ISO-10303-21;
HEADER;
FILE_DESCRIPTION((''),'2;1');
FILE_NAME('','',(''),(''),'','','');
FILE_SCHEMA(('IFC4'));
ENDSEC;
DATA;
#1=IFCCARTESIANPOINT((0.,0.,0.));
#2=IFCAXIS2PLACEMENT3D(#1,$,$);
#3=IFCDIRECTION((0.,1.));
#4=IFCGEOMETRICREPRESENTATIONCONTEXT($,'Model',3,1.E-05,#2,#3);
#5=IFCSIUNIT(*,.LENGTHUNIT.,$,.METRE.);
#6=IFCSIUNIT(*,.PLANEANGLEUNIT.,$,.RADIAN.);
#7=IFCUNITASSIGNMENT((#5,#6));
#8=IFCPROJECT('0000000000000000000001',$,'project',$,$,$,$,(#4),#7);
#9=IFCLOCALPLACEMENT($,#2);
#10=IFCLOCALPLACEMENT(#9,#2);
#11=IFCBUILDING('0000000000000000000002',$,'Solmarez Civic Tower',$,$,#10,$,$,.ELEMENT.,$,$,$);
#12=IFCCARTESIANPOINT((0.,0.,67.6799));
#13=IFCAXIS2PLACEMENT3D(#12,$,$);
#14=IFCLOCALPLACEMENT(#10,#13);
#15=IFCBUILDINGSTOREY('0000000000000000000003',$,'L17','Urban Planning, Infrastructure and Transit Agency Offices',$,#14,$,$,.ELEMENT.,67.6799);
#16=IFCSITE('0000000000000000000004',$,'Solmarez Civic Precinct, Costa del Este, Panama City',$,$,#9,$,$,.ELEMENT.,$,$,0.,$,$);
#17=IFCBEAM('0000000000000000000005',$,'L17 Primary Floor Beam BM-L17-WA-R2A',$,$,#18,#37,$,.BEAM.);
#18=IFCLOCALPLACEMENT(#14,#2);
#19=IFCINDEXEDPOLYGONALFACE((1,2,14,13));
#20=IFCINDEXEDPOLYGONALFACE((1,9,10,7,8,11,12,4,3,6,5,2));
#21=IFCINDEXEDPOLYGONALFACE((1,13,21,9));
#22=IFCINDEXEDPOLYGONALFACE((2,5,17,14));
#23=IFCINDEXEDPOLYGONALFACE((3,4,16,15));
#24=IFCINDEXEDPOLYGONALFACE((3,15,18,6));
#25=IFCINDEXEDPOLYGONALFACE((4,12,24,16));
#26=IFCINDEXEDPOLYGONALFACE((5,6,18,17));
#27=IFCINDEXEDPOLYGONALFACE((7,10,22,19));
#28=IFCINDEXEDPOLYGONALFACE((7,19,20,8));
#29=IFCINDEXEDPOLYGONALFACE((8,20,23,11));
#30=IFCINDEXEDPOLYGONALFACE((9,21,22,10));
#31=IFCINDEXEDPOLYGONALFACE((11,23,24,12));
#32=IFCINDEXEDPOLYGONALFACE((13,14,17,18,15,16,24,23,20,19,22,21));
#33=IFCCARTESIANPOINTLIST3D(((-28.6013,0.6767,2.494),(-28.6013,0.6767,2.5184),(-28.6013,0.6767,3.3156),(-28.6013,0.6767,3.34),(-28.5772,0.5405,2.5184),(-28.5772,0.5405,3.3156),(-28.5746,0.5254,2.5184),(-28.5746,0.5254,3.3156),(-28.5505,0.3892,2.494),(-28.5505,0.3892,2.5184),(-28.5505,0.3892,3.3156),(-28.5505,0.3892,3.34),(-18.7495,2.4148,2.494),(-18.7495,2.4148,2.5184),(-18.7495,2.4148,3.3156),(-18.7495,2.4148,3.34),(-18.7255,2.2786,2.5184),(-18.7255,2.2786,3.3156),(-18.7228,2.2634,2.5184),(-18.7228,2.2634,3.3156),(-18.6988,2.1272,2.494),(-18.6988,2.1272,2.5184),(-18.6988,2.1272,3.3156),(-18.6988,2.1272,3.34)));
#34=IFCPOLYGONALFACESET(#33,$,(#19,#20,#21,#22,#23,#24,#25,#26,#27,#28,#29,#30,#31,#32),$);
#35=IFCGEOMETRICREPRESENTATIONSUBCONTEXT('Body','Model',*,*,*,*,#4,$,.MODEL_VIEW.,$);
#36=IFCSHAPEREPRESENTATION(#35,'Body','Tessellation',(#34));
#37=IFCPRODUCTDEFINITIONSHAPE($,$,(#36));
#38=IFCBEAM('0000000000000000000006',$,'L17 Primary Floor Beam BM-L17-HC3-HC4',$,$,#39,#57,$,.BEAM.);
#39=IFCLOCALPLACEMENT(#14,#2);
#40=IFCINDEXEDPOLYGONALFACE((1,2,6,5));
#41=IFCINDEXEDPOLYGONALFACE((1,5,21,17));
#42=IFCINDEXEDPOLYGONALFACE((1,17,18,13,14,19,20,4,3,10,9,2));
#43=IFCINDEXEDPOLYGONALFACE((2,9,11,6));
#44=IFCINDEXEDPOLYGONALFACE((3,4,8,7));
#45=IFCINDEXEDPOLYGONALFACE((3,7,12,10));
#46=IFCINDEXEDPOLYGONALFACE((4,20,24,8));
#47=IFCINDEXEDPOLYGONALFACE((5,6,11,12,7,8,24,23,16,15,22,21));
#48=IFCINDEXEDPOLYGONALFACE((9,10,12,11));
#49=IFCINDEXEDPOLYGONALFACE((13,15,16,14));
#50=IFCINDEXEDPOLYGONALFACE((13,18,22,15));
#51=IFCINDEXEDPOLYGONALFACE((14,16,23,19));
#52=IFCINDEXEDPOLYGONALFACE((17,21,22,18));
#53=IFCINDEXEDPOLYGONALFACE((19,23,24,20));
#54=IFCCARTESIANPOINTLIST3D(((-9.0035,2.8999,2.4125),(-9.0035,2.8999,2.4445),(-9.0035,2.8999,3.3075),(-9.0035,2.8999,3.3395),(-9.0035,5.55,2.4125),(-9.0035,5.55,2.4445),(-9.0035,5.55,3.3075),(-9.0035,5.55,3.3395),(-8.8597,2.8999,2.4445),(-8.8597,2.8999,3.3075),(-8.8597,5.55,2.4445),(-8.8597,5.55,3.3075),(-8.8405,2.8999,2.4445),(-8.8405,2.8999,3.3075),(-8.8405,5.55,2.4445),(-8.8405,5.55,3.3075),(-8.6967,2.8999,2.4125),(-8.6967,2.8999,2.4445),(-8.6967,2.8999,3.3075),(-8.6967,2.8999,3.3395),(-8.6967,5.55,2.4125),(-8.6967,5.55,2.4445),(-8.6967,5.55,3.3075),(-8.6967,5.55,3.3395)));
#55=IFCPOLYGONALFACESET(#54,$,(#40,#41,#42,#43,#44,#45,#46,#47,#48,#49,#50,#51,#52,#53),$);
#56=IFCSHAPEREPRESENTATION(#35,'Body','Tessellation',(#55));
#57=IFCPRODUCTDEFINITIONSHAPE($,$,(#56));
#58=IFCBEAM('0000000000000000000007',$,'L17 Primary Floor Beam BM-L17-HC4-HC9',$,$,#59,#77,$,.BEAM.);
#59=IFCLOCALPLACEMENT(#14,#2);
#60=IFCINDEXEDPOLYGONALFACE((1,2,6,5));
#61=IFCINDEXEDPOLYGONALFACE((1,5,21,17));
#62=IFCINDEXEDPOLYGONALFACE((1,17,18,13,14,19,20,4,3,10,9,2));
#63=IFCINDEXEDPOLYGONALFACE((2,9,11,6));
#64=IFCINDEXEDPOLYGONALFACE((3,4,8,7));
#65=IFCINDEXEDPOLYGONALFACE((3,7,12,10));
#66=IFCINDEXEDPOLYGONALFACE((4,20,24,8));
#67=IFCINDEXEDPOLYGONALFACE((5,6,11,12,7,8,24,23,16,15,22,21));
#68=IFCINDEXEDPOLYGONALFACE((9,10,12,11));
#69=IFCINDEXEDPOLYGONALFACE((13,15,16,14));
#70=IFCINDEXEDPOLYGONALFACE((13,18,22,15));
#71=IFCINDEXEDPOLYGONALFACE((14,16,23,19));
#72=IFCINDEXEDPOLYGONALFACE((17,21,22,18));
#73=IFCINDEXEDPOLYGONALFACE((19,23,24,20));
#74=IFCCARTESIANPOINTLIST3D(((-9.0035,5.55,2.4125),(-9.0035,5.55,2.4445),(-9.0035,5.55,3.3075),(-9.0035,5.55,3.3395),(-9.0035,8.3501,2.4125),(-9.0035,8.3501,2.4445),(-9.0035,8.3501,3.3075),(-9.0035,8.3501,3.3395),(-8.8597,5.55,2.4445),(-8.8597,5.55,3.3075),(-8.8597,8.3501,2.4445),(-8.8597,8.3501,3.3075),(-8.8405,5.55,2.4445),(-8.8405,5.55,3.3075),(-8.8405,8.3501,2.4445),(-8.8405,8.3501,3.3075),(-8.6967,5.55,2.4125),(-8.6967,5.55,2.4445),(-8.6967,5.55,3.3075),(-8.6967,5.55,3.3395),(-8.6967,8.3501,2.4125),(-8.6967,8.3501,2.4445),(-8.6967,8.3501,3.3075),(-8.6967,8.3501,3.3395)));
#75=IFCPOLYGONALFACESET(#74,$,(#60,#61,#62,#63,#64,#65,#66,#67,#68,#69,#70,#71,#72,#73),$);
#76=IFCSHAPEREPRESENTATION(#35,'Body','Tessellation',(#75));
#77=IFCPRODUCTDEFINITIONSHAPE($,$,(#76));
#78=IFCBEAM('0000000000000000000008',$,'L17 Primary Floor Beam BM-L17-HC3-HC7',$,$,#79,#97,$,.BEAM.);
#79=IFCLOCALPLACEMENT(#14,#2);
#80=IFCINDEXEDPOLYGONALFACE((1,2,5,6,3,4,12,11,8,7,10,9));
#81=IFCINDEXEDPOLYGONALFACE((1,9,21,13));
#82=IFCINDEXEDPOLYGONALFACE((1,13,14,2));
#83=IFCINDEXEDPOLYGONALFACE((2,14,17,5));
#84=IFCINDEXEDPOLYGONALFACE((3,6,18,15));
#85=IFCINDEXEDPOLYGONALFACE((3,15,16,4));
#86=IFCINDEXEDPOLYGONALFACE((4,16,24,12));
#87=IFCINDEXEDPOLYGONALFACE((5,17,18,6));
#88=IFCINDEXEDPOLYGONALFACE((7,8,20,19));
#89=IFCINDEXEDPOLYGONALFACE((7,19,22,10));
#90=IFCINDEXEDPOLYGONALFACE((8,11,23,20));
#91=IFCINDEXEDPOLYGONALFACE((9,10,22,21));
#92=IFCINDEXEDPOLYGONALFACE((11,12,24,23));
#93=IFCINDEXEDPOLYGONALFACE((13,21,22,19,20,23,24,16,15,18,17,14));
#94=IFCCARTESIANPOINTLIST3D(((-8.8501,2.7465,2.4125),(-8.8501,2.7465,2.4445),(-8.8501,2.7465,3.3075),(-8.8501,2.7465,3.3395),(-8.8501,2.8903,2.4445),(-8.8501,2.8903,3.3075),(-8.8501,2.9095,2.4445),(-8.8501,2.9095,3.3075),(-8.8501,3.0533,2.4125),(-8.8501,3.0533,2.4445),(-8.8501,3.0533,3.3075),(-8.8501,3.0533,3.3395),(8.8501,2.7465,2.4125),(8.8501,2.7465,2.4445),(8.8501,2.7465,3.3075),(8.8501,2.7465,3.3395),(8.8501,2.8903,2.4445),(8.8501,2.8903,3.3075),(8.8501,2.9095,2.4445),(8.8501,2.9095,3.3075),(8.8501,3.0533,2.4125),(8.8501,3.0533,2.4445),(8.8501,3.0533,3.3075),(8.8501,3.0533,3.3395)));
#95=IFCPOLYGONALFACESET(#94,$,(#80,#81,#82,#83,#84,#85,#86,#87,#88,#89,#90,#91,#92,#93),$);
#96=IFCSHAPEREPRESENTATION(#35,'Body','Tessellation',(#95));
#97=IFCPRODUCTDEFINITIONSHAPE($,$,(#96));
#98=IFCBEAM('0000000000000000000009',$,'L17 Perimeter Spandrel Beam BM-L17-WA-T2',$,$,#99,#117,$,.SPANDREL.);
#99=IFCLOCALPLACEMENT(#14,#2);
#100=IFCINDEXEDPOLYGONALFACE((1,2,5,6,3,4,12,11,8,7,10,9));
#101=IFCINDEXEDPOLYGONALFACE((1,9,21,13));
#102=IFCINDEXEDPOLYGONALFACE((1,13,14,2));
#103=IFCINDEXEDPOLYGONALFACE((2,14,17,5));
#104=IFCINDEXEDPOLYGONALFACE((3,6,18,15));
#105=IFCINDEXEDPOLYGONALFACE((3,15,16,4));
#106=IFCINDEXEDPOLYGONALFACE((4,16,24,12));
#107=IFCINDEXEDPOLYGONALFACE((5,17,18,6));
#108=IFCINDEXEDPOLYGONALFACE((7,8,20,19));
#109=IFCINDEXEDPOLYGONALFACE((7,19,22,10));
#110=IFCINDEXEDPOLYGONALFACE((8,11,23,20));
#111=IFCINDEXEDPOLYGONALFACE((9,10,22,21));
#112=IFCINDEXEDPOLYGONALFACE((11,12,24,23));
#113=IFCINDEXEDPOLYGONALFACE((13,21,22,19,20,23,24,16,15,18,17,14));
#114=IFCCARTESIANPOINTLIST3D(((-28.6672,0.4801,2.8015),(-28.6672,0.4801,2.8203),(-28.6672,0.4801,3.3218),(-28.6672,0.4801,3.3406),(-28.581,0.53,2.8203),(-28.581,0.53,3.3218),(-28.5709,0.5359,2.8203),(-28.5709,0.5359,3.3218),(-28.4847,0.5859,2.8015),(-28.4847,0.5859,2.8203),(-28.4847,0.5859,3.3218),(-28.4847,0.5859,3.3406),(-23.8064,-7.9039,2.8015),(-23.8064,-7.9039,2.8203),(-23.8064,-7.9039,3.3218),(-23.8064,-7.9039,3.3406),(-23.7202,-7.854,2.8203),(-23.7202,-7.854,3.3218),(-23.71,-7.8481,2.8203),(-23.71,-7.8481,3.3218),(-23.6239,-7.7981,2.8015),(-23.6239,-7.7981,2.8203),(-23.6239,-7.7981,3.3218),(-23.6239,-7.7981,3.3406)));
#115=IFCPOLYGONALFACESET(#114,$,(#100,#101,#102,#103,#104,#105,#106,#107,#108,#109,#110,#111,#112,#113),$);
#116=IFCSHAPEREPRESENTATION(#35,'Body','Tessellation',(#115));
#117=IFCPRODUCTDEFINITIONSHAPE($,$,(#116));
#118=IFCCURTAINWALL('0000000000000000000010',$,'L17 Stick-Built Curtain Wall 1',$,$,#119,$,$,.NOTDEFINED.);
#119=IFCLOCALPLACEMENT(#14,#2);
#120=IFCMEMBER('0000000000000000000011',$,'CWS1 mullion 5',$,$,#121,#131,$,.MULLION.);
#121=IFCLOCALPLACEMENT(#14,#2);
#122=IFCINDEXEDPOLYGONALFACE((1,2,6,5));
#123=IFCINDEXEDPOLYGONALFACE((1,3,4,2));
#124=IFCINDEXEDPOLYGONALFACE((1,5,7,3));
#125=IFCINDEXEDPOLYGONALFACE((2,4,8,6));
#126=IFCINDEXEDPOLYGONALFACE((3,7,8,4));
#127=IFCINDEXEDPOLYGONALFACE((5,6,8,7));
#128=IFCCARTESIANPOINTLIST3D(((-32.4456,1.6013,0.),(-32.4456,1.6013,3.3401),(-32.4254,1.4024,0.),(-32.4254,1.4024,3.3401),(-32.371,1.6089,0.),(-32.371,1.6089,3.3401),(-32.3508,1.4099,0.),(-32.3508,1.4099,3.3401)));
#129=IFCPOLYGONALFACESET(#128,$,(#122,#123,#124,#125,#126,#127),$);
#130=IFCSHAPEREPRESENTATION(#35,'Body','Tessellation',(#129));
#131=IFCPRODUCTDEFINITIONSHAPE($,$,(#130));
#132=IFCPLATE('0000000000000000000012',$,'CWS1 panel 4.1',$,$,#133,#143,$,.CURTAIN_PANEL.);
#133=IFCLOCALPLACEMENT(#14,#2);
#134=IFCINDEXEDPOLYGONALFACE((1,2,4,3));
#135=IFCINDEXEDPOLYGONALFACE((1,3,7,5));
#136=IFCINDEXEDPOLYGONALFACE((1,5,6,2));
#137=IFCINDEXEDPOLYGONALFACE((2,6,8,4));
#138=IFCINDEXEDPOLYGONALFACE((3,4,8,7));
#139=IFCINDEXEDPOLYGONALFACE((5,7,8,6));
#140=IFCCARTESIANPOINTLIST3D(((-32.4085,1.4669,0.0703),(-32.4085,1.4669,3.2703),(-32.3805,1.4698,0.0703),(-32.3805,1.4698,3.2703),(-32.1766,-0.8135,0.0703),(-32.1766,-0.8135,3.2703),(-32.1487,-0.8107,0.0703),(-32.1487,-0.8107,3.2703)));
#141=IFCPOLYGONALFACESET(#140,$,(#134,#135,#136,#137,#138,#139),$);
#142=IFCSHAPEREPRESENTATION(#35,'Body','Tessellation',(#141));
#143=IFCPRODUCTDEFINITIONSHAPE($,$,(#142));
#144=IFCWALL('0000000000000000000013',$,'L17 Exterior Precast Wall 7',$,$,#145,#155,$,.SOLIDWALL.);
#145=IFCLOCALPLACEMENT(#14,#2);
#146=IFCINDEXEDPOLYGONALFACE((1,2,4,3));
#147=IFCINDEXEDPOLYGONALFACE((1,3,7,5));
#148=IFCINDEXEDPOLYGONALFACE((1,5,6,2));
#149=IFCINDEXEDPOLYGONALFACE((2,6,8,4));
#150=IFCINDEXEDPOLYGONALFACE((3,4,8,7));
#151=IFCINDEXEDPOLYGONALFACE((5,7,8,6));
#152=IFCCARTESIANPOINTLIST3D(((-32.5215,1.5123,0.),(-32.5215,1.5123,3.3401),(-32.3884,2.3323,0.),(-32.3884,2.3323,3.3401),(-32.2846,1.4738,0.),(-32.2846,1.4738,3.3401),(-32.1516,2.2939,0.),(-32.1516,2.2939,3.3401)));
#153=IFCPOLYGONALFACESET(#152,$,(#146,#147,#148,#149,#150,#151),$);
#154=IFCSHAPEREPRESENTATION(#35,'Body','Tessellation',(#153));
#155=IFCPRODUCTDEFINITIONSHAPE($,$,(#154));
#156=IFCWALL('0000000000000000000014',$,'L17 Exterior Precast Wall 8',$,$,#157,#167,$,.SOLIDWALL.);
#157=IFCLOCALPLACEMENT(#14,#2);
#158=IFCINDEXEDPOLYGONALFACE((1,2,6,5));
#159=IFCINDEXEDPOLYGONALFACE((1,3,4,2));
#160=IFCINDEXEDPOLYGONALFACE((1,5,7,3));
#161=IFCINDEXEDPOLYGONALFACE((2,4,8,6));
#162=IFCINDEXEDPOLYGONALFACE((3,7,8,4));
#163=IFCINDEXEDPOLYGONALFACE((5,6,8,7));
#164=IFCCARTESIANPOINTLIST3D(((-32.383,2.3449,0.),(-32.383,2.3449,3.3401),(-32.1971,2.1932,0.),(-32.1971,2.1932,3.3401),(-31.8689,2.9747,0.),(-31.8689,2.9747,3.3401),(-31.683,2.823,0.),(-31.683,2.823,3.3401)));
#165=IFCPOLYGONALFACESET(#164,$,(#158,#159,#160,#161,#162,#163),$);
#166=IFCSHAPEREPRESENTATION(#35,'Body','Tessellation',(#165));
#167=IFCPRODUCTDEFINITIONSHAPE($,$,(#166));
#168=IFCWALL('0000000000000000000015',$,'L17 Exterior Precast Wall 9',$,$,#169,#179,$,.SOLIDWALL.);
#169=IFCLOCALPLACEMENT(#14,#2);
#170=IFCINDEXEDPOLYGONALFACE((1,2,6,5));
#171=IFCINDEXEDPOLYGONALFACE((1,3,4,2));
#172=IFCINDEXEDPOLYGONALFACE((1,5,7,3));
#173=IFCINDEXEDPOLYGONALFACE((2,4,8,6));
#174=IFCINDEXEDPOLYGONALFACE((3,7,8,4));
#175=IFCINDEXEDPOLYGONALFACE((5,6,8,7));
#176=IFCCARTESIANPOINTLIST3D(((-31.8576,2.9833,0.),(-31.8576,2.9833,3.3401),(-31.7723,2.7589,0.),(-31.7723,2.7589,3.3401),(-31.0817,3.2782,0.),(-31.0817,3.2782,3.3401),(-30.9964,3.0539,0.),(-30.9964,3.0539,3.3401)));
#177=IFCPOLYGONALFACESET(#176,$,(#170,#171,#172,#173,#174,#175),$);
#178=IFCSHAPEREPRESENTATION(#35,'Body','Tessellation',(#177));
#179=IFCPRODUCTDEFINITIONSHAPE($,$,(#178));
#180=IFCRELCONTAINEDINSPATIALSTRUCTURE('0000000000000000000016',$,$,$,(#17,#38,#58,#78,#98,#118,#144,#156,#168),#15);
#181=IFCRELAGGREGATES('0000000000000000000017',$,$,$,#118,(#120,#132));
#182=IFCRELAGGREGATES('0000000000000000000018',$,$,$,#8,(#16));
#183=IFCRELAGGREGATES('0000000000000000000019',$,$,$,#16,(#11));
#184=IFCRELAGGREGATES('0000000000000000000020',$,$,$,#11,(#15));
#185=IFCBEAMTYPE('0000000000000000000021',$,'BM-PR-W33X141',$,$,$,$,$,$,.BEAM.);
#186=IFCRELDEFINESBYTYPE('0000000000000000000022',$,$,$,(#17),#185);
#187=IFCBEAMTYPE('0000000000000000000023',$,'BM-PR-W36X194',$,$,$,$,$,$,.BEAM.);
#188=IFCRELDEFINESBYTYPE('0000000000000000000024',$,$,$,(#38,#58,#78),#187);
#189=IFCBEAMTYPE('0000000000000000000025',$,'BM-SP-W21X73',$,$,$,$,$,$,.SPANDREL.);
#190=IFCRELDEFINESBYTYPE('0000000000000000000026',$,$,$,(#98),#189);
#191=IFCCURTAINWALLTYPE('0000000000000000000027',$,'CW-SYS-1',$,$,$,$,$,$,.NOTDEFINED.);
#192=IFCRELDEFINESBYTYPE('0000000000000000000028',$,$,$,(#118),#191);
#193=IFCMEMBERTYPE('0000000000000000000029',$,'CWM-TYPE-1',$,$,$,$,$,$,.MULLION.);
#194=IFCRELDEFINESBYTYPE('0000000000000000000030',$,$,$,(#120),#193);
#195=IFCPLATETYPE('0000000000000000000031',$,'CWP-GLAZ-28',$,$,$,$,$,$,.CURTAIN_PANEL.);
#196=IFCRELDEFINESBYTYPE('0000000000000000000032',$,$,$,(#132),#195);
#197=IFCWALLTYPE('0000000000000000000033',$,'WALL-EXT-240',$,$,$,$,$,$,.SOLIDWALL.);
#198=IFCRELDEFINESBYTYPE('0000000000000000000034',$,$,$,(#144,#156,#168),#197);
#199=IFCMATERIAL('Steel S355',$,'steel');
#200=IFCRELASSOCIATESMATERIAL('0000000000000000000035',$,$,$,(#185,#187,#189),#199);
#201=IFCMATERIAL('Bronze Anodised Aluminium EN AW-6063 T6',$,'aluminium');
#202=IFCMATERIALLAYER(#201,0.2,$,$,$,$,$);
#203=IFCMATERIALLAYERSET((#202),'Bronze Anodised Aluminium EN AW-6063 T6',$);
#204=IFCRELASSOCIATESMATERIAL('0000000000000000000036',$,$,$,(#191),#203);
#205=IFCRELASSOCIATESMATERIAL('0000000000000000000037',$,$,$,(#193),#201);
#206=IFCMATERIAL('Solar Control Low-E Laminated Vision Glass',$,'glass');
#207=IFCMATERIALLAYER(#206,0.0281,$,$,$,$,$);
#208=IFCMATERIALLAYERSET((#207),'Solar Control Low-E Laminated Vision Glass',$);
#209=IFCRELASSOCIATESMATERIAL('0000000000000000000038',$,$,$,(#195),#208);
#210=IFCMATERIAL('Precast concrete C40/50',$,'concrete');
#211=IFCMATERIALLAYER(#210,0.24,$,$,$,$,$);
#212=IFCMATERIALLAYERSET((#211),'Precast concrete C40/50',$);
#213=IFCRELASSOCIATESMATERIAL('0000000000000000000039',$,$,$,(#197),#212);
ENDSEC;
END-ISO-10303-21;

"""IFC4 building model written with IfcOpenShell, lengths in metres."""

from ifc_helpers import new_model, si_unit, direction, frame, frame_2d, origin, origin_2d, place, context, subcontext, project, spatial, rectangle, i_section, extrude, material, layer, layer_set, material_profile, profile_set, type_object, element, aggregate, save


model = new_model("IFC4")

# Units and contexts
model_context = context("Model", 3, precision=1e-05, world=origin(), true_north=direction((0.0, 1.0)))
body_context = subcontext(model_context, "Body", "Model", "MODEL_VIEW")
ifc_project = project(units=[si_unit("LENGTHUNIT", "METRE"), si_unit("PLANEANGLEUNIT", "RADIAN")], contexts=[model_context])

# Site, building, storey
site_placement = place(None, origin())
site = spatial("IfcSite", under=ifc_project, at=site_placement, Name="Solmarez Civic Precinct, Costa del Este, Panama City", CompositionType="ELEMENT", RefElevation=0.0)
building_placement = place(site_placement, origin())
building = spatial("IfcBuilding", under=site, at=building_placement, Name="Solmarez Civic Tower", CompositionType="ELEMENT")
storey_placement = place(building_placement, frame((0.0, 0.0, 67.6799)))
storey = spatial("IfcBuildingStorey", under=building, at=storey_placement, Name="L17", Description="Urban Planning, Infrastructure and Transit Agency Offices", CompositionType="ELEMENT", Elevation=67.6799)

# Beams
ifc_material_1 = material(Name="Steel S355", Category="steel")
ifc_material_profile_1 = material_profile(ifc_material_1, i_section(OverallWidth=0.292, OverallDepth=0.8459, WebThickness=0.0154, FlangeThickness=0.0244, at=origin_2d()), Name="W33X141")
ifc_profile_set_1 = profile_set([ifc_material_profile_1], Name="Steel S355")
beam_type_1 = type_object("IfcBeamType", Name="BM-PR-W33X141", PredefinedType="BEAM", material=ifc_profile_set_1)
beam_1_placement = place(storey_placement, frame((-18.7241, 2.271, 2.917), z_axis=(-0.984792, -0.173735, 0.0), x_axis=(0.173735, -0.984792, 0.0)))
element("IfcBeam", 1, at=beam_1_placement, inside=storey, type_object=beam_type_1, Name="L17 Primary Floor Beam BM-L17-WA-R2A", PredefinedType="BEAM", context=body_context, shape_type="SweptSolid", body=[
    extrude(i_section(OverallWidth=0.292, OverallDepth=0.8459, WebThickness=0.0154, FlangeThickness=0.0244, at=origin_2d()), origin(), (0.0, 0.0, 1.0), 10.0039),
])
ifc_material_profile_2 = material_profile(ifc_material_1, i_section(OverallWidth=0.3069, OverallDepth=0.927, WebThickness=0.0193, FlangeThickness=0.032, at=origin_2d()), Name="W36X194")
ifc_profile_set_2 = profile_set([ifc_material_profile_2], Name="Steel S355")
beam_type_2 = type_object("IfcBeamType", Name="BM-PR-W36X194", PredefinedType="BEAM", material=ifc_profile_set_2)
beam_2_placement = place(storey_placement, frame((-8.8501, 2.8999, 2.876), z_axis=(0.0, 1.0, 0.0), x_axis=(-1.0, 0.0, 0.0)))
element("IfcBeam", 2, at=beam_2_placement, inside=storey, type_object=beam_type_2, Name="L17 Primary Floor Beam BM-L17-HC3-HC4", PredefinedType="BEAM", context=body_context, shape_type="SweptSolid", body=[
    extrude(i_section(OverallWidth=0.3069, OverallDepth=0.927, WebThickness=0.0193, FlangeThickness=0.032, at=origin_2d()), origin(), (0.0, 0.0, 1.0), 2.6501),
])
beam_3_placement = place(storey_placement, frame((-8.8501, 5.55, 2.876), z_axis=(0.0, 1.0, 0.0), x_axis=(-1.0, 0.0, 0.0)))
element("IfcBeam", 3, at=beam_3_placement, inside=storey, type_object=beam_type_2, Name="L17 Primary Floor Beam BM-L17-HC4-HC9", PredefinedType="BEAM", context=body_context, shape_type="SweptSolid", body=[
    extrude(i_section(OverallWidth=0.3069, OverallDepth=0.927, WebThickness=0.0193, FlangeThickness=0.032, at=origin_2d()), origin(), (0.0, 0.0, 1.0), 2.8),
])
beam_4_placement = place(storey_placement, frame((-8.8501, 2.8999, 2.876), z_axis=(1.0, 0.0, 0.0), x_axis=(0.0, 1.0, 0.0)))
element("IfcBeam", 4, at=beam_4_placement, inside=storey, type_object=beam_type_2, Name="L17 Primary Floor Beam BM-L17-HC3-HC7", PredefinedType="BEAM", context=body_context, shape_type="SweptSolid", body=[
    extrude(i_section(OverallWidth=0.3069, OverallDepth=0.927, WebThickness=0.0193, FlangeThickness=0.032, at=origin_2d()), origin(), (0.0, 0.0, 1.0), 17.7002),
])
ifc_material_profile_3 = material_profile(ifc_material_1, i_section(OverallWidth=0.2109, OverallDepth=0.5391, WebThickness=0.0117, FlangeThickness=0.0188, at=origin_2d()), Name="W21X73")
ifc_profile_set_3 = profile_set([ifc_material_profile_3], Name="Steel S355")
beam_type_3 = type_object("IfcBeamType", Name="BM-SP-W21X73", PredefinedType="SPANDREL", material=ifc_profile_set_3)
beam_5_placement = place(storey_placement, frame((-28.5759, 0.533, 3.071), z_axis=(0.501571, -0.865116, 0.0), x_axis=(0.865116, 0.501571, 0.0)))
element("IfcBeam", 5, at=beam_5_placement, inside=storey, type_object=beam_type_3, Name="L17 Perimeter Spandrel Beam BM-L17-WA-T2", PredefinedType="SPANDREL", context=body_context, shape_type="SweptSolid", body=[
    extrude(i_section(OverallWidth=0.2109, OverallDepth=0.5391, WebThickness=0.0117, FlangeThickness=0.0188, at=origin_2d()), origin(), (0.0, 0.0, 1.0), 9.6912),
])

# Curtain wall, member, plate
ifc_material_2 = material(Name="Bronze Anodised Aluminium EN AW-6063 T6", Category="aluminium")
ifc_layer_1 = layer(ifc_material_2, 0.2)
ifc_layer_set_1 = layer_set([ifc_layer_1], Name="Bronze Anodised Aluminium EN AW-6063 T6")
curtain_wall_type = type_object("IfcCurtainWallType", Name="CW-SYS-1", PredefinedType="NOTDEFINED", material=ifc_layer_set_1)
curtain_wall_placement = place(storey_placement, origin())
curtain_wall = element("IfcCurtainWall", 6, at=curtain_wall_placement, inside=storey, type_object=curtain_wall_type, Name="L17 Stick-Built Curtain Wall 1", PredefinedType="NOTDEFINED")
ifc_material_profile_4 = material_profile(ifc_material_2, rectangle(XDim=0.075, YDim=0.2, at=origin_2d()), Name="CWM-75X200")
ifc_profile_set_4 = profile_set([ifc_material_profile_4], Name="Bronze Anodised Aluminium EN AW-6063 T6")
member_type = type_object("IfcMemberType", Name="CWM-TYPE-1", PredefinedType="MULLION", material=ifc_profile_set_4)
member_placement = place(storey_placement, frame((-32.3982, 1.5056, 0.0), z_axis=(0.0, 0.0, 1.0), x_axis=(-0.994871, -0.10115, 0.0)))
member = element("IfcMember", 7, at=member_placement, type_object=member_type, Name="CWS1 mullion 5", PredefinedType="MULLION", context=body_context, shape_type="SweptSolid", body=[
    extrude(rectangle(XDim=0.075, YDim=0.2, at=origin_2d()), origin(), (0.0, 0.0, 1.0), 3.3401),
])
ifc_material_3 = material(Name="Solar Control Low-E Laminated Vision Glass", Category="glass")
ifc_layer_2 = layer(ifc_material_3, 0.0281)
ifc_layer_set_2 = layer_set([ifc_layer_2], Name="Solar Control Low-E Laminated Vision Glass")
plate_type = type_object("IfcPlateType", Name="CWP-GLAZ-28", PredefinedType="CURTAIN_PANEL", material=ifc_layer_set_2)
plate_placement = place(storey_placement, frame((-32.2786, 0.3281, 0.0703), z_axis=(0.0, 0.0, 1.0), x_axis=(-0.10115, 0.994871, 0.0)))
plate = element("IfcPlate", 8, at=plate_placement, type_object=plate_type, Name="CWS1 panel 4.1", PredefinedType="CURTAIN_PANEL", context=body_context, shape_type="SweptSolid", body=[
    extrude(rectangle(XDim=2.2922, YDim=0.0281, at=origin_2d()), origin(), (0.0, 0.0, 1.0), 3.2),
])
aggregate(curtain_wall, [member, plate])

# Walls
ifc_material_4 = material(Name="Precast concrete C40/50", Category="concrete")
ifc_layer_3 = layer(ifc_material_4, 0.24)
ifc_layer_set_3 = layer_set([ifc_layer_3], Name="Precast concrete C40/50")
wall_type_1 = type_object("IfcWallType", Name="WALL-EXT-240", PredefinedType="SOLIDWALL", material=ifc_layer_set_3)
wall_1_placement = place(storey_placement, frame((-32.4031, 1.4929, 0.0), z_axis=(0.0, 0.0, 1.0), x_axis=(0.160156, 0.987092, 0.0)))
element("IfcWall", 9, at=wall_1_placement, inside=storey, type_object=wall_type_1, Name="L17 Exterior Precast Wall 7", PredefinedType="SOLIDWALL", context=body_context, shape_type="SweptSolid", body=[
    extrude(rectangle(XDim=0.8308, YDim=0.24, at=frame_2d((0.4155, 0.0))), origin(), (0.0, 0.0, 1.0), 3.3401),
])
wall_2_placement = place(storey_placement, frame((-32.29, 2.269, 0.0), z_axis=(0.0, 0.0, 1.0), x_axis=(0.632354, 0.774679, 0.0)))
element("IfcWall", 10, at=wall_2_placement, inside=storey, type_object=wall_type_1, Name="L17 Exterior Precast Wall 8", PredefinedType="SOLIDWALL", context=body_context, shape_type="SweptSolid", body=[
    extrude(rectangle(XDim=0.813, YDim=0.24, at=frame_2d((0.4065, 0.0))), origin(), (0.0, 0.0, 1.0), 3.3401),
])
wall_3_placement = place(storey_placement, frame((-31.8149, 2.8711, 0.0), z_axis=(0.0, 0.0, 1.0), x_axis=(0.934748, 0.35531, 0.0)))
element("IfcWall", 11, at=wall_3_placement, inside=storey, type_object=wall_type_1, Name="L17 Exterior Precast Wall 9", PredefinedType="SOLIDWALL", context=body_context, shape_type="SweptSolid", body=[
    extrude(rectangle(XDim=0.8301, YDim=0.24, at=frame_2d((0.415, 0.0))), origin(), (0.0, 0.0, 1.0), 3.3401),
])

save(model, "model.ifc")
